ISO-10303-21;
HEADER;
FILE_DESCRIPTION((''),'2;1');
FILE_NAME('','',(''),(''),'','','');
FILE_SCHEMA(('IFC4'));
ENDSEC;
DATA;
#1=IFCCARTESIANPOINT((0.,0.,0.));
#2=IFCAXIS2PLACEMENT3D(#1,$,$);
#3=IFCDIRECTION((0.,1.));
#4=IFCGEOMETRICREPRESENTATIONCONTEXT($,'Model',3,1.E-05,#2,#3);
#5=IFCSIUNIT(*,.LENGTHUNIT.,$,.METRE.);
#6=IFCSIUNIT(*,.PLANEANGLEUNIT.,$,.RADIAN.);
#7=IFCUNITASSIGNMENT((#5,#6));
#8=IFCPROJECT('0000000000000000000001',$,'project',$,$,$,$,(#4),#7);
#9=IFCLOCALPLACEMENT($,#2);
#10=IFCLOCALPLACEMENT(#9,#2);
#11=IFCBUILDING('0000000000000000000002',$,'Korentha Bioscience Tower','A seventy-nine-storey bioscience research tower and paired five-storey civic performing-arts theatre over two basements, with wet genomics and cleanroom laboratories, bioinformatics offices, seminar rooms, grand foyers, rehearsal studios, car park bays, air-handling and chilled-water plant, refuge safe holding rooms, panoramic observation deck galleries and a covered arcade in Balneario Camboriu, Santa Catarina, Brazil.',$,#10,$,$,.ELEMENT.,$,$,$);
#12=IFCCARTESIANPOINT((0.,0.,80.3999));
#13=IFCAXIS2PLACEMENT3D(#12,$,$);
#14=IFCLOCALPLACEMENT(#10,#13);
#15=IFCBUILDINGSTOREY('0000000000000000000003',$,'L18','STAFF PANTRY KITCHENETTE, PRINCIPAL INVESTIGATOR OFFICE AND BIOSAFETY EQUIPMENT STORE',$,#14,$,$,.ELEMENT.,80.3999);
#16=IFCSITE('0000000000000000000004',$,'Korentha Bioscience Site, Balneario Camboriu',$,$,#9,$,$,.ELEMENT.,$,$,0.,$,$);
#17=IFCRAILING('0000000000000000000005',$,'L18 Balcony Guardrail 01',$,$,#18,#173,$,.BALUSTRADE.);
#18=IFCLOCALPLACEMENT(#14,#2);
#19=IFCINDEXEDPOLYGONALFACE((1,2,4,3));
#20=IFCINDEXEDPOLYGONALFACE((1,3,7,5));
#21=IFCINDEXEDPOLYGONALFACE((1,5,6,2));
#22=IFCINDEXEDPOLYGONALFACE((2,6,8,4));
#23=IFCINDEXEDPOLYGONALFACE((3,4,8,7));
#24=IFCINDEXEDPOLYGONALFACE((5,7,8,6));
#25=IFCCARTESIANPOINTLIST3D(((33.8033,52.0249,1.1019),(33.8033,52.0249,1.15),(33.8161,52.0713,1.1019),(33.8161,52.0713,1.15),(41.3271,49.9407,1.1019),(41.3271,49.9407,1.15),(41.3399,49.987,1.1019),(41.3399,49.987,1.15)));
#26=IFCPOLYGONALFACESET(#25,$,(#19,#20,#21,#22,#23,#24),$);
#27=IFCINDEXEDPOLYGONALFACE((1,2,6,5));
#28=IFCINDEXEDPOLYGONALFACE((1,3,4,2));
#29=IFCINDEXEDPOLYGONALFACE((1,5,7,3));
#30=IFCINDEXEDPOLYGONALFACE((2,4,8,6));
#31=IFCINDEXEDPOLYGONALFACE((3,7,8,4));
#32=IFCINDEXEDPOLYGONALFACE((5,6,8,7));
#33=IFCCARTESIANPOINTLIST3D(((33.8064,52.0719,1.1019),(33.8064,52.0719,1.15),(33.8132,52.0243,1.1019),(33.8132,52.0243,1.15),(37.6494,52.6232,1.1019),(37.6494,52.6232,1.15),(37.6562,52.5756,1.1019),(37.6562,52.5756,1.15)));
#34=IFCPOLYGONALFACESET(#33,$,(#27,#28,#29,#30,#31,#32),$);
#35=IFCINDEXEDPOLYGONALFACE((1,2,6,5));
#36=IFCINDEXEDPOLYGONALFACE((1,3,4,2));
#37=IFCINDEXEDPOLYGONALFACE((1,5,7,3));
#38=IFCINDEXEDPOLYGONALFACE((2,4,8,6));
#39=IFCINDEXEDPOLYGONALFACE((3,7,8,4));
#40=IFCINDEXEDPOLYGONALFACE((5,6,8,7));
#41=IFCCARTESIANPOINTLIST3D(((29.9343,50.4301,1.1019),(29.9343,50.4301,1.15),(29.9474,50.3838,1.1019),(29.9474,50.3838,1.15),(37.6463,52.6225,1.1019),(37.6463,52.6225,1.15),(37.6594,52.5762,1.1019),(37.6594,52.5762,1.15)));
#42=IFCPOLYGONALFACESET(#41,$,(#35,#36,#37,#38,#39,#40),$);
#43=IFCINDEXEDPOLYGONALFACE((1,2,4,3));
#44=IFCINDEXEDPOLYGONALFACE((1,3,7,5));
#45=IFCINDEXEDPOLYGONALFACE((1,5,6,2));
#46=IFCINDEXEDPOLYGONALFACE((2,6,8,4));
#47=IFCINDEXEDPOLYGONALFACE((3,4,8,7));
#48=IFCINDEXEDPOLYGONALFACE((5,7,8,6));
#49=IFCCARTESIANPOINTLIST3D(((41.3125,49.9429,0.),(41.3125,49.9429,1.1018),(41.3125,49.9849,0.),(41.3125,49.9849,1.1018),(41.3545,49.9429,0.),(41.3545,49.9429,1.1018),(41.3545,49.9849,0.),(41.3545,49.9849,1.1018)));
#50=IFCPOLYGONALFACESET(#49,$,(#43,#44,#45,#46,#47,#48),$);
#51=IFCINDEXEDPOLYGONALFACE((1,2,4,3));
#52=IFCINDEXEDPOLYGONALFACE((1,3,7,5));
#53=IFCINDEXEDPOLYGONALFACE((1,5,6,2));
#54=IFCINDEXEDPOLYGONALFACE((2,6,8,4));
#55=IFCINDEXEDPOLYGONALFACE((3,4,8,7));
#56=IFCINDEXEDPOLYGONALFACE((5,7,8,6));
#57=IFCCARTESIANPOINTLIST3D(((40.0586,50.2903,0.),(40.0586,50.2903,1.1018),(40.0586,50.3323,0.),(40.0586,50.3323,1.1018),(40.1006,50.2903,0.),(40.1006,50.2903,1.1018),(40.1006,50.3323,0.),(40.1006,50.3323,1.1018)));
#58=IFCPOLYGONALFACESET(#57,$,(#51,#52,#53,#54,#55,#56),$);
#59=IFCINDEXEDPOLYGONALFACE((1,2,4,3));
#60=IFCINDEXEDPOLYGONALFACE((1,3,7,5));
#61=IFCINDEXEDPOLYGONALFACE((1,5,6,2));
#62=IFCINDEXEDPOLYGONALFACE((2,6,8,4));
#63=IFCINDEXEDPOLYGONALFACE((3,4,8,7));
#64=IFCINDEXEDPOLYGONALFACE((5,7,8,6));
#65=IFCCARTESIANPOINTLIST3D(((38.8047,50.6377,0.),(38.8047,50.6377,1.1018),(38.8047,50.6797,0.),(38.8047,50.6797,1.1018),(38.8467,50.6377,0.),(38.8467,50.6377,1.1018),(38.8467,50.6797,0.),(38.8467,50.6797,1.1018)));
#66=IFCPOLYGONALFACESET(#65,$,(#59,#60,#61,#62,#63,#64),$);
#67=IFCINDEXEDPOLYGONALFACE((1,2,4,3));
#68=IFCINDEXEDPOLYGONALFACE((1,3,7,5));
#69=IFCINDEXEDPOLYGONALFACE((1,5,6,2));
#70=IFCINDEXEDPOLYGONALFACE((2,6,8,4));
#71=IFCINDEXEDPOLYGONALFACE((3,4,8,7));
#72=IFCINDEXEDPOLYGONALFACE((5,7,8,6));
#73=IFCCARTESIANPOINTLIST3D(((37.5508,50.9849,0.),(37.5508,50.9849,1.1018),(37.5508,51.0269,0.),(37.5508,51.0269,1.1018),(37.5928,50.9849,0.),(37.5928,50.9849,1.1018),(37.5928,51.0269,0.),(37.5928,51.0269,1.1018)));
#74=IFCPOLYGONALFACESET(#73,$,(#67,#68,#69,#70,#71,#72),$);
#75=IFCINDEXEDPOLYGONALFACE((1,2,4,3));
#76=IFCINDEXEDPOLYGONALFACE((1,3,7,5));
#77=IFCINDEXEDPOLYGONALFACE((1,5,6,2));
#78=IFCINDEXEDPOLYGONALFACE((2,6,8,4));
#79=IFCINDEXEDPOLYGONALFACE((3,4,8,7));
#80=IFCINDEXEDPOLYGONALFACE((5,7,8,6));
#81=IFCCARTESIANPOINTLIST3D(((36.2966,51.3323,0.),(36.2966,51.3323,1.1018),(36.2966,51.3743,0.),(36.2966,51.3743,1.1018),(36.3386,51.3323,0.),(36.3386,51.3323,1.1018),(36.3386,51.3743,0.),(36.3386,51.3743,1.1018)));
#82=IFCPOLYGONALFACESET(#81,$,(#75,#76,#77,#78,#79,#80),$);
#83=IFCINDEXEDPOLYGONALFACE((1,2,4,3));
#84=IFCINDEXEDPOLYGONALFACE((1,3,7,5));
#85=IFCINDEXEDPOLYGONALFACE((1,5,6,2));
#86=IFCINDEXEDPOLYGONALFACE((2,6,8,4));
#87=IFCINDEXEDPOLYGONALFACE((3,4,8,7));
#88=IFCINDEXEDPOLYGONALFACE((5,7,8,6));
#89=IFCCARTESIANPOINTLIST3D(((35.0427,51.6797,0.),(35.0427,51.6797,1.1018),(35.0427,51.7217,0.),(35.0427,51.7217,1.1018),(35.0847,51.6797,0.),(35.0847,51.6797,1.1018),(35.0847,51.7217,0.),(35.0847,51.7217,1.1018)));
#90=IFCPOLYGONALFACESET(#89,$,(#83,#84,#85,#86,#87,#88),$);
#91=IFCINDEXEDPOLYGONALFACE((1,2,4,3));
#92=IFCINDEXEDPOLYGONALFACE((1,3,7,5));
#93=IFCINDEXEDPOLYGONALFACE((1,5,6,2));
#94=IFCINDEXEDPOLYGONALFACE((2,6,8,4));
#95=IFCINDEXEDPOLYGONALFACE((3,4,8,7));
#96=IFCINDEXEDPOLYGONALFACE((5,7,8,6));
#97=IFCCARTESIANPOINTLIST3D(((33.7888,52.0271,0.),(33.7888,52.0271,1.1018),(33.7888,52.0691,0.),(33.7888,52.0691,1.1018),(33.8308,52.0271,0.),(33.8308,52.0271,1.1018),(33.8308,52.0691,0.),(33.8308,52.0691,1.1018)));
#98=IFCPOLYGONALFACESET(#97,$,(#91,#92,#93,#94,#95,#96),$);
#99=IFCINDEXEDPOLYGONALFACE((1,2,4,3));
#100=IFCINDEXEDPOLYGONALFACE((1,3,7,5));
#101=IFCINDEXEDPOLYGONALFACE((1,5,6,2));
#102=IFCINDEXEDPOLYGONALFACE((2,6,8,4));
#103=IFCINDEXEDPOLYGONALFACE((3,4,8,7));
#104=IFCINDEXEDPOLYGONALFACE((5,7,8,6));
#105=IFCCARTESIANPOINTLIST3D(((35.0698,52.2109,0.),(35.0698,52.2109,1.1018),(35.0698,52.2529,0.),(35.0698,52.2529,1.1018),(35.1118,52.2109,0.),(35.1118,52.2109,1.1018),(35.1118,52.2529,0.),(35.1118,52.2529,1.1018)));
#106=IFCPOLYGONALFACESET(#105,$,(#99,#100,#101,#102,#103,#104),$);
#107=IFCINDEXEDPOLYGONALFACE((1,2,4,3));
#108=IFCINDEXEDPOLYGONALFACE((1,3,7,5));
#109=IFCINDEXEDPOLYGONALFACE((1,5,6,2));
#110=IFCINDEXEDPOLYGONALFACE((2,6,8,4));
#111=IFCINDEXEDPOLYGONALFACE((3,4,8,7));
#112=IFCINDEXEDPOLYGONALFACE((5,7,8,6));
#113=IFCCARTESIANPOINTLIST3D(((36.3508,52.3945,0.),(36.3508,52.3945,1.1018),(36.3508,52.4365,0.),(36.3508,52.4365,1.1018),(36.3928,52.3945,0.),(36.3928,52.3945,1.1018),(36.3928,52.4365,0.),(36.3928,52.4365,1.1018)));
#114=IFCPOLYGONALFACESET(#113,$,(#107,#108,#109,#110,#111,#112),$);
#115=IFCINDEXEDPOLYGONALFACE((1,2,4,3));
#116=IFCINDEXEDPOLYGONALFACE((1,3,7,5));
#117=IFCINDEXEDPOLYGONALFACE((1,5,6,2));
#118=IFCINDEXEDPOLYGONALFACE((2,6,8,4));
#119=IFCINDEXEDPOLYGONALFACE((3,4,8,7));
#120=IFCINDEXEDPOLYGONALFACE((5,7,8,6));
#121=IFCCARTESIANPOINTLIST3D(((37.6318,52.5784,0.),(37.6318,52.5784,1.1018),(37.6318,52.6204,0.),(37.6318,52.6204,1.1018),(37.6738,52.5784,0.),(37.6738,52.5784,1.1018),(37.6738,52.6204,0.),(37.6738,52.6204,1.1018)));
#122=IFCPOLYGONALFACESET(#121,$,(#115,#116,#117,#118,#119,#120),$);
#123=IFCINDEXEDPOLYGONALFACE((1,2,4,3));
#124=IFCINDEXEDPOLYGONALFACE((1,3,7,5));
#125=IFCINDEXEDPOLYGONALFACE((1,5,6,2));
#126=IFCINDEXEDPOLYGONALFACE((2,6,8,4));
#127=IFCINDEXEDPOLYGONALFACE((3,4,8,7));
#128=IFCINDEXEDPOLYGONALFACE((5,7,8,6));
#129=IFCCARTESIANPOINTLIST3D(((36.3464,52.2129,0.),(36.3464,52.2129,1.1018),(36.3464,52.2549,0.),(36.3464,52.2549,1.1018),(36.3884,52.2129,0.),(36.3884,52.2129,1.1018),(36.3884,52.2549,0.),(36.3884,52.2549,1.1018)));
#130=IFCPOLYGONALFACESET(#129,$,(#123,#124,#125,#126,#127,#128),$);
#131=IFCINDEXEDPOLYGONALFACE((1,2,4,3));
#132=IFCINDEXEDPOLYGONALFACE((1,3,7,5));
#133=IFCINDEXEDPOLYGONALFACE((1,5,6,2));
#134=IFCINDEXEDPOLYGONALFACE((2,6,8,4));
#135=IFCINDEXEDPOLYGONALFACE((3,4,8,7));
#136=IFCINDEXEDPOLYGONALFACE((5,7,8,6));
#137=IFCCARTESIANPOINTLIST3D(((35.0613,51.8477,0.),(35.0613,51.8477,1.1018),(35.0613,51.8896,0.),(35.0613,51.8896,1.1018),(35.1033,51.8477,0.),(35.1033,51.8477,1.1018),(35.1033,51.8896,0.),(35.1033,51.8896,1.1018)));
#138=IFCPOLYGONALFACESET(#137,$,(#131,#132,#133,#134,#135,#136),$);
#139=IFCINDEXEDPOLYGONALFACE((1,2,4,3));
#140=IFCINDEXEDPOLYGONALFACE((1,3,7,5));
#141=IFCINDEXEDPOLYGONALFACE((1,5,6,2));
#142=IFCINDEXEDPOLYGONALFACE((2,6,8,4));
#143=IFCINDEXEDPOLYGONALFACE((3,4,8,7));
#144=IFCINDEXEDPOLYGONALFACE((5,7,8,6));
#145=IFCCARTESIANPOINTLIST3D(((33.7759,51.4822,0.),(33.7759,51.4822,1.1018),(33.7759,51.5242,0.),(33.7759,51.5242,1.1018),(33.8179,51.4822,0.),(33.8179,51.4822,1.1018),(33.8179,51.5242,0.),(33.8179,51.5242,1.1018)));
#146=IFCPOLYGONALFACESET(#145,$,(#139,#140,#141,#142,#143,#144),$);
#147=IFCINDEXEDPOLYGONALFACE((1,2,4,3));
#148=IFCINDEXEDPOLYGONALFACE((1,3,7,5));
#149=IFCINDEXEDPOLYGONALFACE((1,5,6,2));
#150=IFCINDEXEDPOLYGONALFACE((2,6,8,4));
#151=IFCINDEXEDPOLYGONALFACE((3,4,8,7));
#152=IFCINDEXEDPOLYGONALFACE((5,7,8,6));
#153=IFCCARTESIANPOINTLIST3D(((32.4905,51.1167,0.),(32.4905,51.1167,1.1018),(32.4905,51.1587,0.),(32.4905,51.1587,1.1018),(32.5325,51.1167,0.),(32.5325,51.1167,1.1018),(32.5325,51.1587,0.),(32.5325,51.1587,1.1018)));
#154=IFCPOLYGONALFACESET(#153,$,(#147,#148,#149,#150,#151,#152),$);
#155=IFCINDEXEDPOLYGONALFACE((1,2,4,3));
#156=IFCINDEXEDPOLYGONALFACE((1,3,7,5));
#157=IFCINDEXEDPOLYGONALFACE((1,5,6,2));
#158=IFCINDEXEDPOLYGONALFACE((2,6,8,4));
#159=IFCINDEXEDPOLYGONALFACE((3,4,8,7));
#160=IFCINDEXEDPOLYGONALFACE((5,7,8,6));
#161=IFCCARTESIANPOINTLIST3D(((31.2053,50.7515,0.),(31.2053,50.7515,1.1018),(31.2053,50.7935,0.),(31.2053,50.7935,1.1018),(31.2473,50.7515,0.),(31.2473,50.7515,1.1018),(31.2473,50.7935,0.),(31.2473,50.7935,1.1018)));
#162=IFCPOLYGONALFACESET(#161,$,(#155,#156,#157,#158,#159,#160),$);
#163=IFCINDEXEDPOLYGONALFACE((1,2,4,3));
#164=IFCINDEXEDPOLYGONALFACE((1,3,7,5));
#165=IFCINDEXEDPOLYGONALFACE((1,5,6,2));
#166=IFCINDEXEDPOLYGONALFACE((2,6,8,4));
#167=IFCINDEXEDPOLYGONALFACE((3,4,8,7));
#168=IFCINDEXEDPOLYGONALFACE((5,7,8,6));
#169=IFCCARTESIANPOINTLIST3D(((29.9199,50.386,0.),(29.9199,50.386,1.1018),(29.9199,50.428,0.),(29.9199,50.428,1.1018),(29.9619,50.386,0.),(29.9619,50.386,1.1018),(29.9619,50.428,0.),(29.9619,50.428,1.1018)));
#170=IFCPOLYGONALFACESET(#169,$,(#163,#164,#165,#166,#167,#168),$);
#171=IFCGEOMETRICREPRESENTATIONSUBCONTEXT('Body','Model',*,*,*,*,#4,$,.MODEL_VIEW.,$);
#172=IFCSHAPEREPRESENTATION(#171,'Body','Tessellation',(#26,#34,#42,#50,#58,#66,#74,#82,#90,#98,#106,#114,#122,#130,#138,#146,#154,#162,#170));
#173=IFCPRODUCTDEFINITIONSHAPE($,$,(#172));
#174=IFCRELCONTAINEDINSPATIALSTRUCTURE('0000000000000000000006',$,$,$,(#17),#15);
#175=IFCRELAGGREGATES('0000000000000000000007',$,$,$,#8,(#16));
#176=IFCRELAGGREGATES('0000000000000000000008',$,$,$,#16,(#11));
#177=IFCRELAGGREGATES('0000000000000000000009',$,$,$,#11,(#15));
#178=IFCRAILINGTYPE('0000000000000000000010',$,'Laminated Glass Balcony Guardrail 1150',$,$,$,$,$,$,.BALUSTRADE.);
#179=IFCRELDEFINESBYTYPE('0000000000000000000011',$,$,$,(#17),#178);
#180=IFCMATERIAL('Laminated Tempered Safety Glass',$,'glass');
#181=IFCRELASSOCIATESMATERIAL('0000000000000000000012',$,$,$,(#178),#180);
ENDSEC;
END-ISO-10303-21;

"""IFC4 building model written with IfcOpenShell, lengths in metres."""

from ifc_helpers import new_model, si_unit, direction, frame, origin, origin_2d, place, context, subcontext, project, spatial, rectangle, extrude, material, type_object, element, save


model = new_model("IFC4")

# Units and contexts
model_context = context("Model", 3, precision=1e-05, world=origin(), true_north=direction((0.0, 1.0)))
body_context = subcontext(model_context, "Body", "Model", "MODEL_VIEW")
ifc_project = project(units=[si_unit("LENGTHUNIT", "METRE"), si_unit("PLANEANGLEUNIT", "RADIAN")], contexts=[model_context])

# Site, building, storey
site_placement = place(None, origin())
site = spatial("IfcSite", under=ifc_project, at=site_placement, Name="Korentha Bioscience Site, Balneario Camboriu", CompositionType="ELEMENT", RefElevation=0.0)
building_placement = place(site_placement, origin())
building = spatial("IfcBuilding", under=site, at=building_placement, Name="Korentha Bioscience Tower", Description="A seventy-nine-storey bioscience research tower and paired five-storey civic performing-arts theatre over two basements, with wet genomics and cleanroom laboratories, bioinformatics offices, seminar rooms, grand foyers, rehearsal studios, car park bays, air-handling and chilled-water plant, refuge safe holding rooms, panoramic observation deck galleries and a covered arcade in Balneario Camboriu, Santa Catarina, Brazil.", CompositionType="ELEMENT")
storey_placement = place(building_placement, frame((0.0, 0.0, 80.3999)))
storey = spatial("IfcBuildingStorey", under=building, at=storey_placement, Name="L18", Description="STAFF PANTRY KITCHENETTE, PRINCIPAL INVESTIGATOR OFFICE AND BIOSAFETY EQUIPMENT STORE", CompositionType="ELEMENT", Elevation=80.3999)

# Railing
ifc_material_1 = material(Name="Laminated Tempered Safety Glass", Category="glass")
railing_type = type_object("IfcRailingType", Name="Laminated Glass Balcony Guardrail 1150", PredefinedType="BALUSTRADE", material=ifc_material_1)
railing_placement = place(storey_placement, frame((41.3335, 49.9639, 0.0)))
element("IfcRailing", 1, at=railing_placement, inside=storey, type_object=railing_type, Name="L18 Balcony Guardrail 01", PredefinedType="BALUSTRADE", context=body_context, shape_type="SweptSolid", body=[
    extrude(rectangle(XDim=0.0481, YDim=0.0481, at=origin_2d()), frame((0.0, 0.0, 1.126), z_axis=(-0.963705, 0.266968, 0.0), x_axis=(-0.266968, -0.963705, 0.0)), (0.0, 0.0, 1.0), 7.8071),
    extrude(rectangle(XDim=0.0481, YDim=0.0481, at=origin_2d()), frame((-7.5237, 2.0842, 1.126), z_axis=(0.989868, 0.141994, 0.0), x_axis=(-0.141994, 0.989868, 0.0)), (0.0, 0.0, 1.0), 3.8823),
    extrude(rectangle(XDim=0.0481, YDim=0.0481, at=origin_2d()), frame((-3.6807, 2.6355, 1.126), z_axis=(-0.961886, -0.27345, 0.0), x_axis=(0.27345, -0.961886, 0.0)), (0.0, 0.0, 1.0), 8.0176),
    extrude(rectangle(XDim=0.042, YDim=0.042, at=origin_2d()), origin(), (0.0, 0.0, 1.0), 1.1018),
    extrude(rectangle(XDim=0.042, YDim=0.042, at=origin_2d()), frame((-1.2539, 0.3474, 0.0)), (0.0, 0.0, 1.0), 1.1018),
    extrude(rectangle(XDim=0.042, YDim=0.042, at=origin_2d()), frame((-2.5078, 0.6948, 0.0)), (0.0, 0.0, 1.0), 1.1018),
    extrude(rectangle(XDim=0.042, YDim=0.042, at=origin_2d()), frame((-3.7617, 1.042, 0.0)), (0.0, 0.0, 1.0), 1.1018),
    extrude(rectangle(XDim=0.042, YDim=0.042, at=origin_2d()), frame((-5.0159, 1.3894, 0.0)), (0.0, 0.0, 1.0), 1.1018),
    extrude(rectangle(XDim=0.042, YDim=0.042, at=origin_2d()), frame((-6.2698, 1.7368, 0.0)), (0.0, 0.0, 1.0), 1.1018),
    extrude(rectangle(XDim=0.042, YDim=0.042, at=origin_2d()), frame((-7.5237, 2.0842, 0.0)), (0.0, 0.0, 1.0), 1.1018),
    extrude(rectangle(XDim=0.042, YDim=0.042, at=origin_2d()), frame((-6.2427, 2.2681, 0.0)), (0.0, 0.0, 1.0), 1.1018),
    extrude(rectangle(XDim=0.042, YDim=0.042, at=origin_2d()), frame((-4.9617, 2.4517, 0.0)), (0.0, 0.0, 1.0), 1.1018),
    extrude(rectangle(XDim=0.042, YDim=0.042, at=origin_2d()), frame((-3.6807, 2.6355, 0.0)), (0.0, 0.0, 1.0), 1.1018),
    extrude(rectangle(XDim=0.042, YDim=0.042, at=origin_2d()), frame((-4.9661, 2.27, 0.0)), (0.0, 0.0, 1.0), 1.1018),
    extrude(rectangle(XDim=0.042, YDim=0.042, at=origin_2d()), frame((-6.2512, 1.9048, 0.0)), (0.0, 0.0, 1.0), 1.1018),
    extrude(rectangle(XDim=0.042, YDim=0.042, at=origin_2d()), frame((-7.5366, 1.5393, 0.0)), (0.0, 0.0, 1.0), 1.1018),
    extrude(rectangle(XDim=0.042, YDim=0.042, at=origin_2d()), frame((-8.822, 1.1738, 0.0)), (0.0, 0.0, 1.0), 1.1018),
    extrude(rectangle(XDim=0.042, YDim=0.042, at=origin_2d()), frame((-10.1072, 0.8086, 0.0)), (0.0, 0.0, 1.0), 1.1018),
    extrude(rectangle(XDim=0.042, YDim=0.042, at=origin_2d()), frame((-11.3926, 0.4431, 0.0)), (0.0, 0.0, 1.0), 1.1018),
])

save(model, "model.ifc")
